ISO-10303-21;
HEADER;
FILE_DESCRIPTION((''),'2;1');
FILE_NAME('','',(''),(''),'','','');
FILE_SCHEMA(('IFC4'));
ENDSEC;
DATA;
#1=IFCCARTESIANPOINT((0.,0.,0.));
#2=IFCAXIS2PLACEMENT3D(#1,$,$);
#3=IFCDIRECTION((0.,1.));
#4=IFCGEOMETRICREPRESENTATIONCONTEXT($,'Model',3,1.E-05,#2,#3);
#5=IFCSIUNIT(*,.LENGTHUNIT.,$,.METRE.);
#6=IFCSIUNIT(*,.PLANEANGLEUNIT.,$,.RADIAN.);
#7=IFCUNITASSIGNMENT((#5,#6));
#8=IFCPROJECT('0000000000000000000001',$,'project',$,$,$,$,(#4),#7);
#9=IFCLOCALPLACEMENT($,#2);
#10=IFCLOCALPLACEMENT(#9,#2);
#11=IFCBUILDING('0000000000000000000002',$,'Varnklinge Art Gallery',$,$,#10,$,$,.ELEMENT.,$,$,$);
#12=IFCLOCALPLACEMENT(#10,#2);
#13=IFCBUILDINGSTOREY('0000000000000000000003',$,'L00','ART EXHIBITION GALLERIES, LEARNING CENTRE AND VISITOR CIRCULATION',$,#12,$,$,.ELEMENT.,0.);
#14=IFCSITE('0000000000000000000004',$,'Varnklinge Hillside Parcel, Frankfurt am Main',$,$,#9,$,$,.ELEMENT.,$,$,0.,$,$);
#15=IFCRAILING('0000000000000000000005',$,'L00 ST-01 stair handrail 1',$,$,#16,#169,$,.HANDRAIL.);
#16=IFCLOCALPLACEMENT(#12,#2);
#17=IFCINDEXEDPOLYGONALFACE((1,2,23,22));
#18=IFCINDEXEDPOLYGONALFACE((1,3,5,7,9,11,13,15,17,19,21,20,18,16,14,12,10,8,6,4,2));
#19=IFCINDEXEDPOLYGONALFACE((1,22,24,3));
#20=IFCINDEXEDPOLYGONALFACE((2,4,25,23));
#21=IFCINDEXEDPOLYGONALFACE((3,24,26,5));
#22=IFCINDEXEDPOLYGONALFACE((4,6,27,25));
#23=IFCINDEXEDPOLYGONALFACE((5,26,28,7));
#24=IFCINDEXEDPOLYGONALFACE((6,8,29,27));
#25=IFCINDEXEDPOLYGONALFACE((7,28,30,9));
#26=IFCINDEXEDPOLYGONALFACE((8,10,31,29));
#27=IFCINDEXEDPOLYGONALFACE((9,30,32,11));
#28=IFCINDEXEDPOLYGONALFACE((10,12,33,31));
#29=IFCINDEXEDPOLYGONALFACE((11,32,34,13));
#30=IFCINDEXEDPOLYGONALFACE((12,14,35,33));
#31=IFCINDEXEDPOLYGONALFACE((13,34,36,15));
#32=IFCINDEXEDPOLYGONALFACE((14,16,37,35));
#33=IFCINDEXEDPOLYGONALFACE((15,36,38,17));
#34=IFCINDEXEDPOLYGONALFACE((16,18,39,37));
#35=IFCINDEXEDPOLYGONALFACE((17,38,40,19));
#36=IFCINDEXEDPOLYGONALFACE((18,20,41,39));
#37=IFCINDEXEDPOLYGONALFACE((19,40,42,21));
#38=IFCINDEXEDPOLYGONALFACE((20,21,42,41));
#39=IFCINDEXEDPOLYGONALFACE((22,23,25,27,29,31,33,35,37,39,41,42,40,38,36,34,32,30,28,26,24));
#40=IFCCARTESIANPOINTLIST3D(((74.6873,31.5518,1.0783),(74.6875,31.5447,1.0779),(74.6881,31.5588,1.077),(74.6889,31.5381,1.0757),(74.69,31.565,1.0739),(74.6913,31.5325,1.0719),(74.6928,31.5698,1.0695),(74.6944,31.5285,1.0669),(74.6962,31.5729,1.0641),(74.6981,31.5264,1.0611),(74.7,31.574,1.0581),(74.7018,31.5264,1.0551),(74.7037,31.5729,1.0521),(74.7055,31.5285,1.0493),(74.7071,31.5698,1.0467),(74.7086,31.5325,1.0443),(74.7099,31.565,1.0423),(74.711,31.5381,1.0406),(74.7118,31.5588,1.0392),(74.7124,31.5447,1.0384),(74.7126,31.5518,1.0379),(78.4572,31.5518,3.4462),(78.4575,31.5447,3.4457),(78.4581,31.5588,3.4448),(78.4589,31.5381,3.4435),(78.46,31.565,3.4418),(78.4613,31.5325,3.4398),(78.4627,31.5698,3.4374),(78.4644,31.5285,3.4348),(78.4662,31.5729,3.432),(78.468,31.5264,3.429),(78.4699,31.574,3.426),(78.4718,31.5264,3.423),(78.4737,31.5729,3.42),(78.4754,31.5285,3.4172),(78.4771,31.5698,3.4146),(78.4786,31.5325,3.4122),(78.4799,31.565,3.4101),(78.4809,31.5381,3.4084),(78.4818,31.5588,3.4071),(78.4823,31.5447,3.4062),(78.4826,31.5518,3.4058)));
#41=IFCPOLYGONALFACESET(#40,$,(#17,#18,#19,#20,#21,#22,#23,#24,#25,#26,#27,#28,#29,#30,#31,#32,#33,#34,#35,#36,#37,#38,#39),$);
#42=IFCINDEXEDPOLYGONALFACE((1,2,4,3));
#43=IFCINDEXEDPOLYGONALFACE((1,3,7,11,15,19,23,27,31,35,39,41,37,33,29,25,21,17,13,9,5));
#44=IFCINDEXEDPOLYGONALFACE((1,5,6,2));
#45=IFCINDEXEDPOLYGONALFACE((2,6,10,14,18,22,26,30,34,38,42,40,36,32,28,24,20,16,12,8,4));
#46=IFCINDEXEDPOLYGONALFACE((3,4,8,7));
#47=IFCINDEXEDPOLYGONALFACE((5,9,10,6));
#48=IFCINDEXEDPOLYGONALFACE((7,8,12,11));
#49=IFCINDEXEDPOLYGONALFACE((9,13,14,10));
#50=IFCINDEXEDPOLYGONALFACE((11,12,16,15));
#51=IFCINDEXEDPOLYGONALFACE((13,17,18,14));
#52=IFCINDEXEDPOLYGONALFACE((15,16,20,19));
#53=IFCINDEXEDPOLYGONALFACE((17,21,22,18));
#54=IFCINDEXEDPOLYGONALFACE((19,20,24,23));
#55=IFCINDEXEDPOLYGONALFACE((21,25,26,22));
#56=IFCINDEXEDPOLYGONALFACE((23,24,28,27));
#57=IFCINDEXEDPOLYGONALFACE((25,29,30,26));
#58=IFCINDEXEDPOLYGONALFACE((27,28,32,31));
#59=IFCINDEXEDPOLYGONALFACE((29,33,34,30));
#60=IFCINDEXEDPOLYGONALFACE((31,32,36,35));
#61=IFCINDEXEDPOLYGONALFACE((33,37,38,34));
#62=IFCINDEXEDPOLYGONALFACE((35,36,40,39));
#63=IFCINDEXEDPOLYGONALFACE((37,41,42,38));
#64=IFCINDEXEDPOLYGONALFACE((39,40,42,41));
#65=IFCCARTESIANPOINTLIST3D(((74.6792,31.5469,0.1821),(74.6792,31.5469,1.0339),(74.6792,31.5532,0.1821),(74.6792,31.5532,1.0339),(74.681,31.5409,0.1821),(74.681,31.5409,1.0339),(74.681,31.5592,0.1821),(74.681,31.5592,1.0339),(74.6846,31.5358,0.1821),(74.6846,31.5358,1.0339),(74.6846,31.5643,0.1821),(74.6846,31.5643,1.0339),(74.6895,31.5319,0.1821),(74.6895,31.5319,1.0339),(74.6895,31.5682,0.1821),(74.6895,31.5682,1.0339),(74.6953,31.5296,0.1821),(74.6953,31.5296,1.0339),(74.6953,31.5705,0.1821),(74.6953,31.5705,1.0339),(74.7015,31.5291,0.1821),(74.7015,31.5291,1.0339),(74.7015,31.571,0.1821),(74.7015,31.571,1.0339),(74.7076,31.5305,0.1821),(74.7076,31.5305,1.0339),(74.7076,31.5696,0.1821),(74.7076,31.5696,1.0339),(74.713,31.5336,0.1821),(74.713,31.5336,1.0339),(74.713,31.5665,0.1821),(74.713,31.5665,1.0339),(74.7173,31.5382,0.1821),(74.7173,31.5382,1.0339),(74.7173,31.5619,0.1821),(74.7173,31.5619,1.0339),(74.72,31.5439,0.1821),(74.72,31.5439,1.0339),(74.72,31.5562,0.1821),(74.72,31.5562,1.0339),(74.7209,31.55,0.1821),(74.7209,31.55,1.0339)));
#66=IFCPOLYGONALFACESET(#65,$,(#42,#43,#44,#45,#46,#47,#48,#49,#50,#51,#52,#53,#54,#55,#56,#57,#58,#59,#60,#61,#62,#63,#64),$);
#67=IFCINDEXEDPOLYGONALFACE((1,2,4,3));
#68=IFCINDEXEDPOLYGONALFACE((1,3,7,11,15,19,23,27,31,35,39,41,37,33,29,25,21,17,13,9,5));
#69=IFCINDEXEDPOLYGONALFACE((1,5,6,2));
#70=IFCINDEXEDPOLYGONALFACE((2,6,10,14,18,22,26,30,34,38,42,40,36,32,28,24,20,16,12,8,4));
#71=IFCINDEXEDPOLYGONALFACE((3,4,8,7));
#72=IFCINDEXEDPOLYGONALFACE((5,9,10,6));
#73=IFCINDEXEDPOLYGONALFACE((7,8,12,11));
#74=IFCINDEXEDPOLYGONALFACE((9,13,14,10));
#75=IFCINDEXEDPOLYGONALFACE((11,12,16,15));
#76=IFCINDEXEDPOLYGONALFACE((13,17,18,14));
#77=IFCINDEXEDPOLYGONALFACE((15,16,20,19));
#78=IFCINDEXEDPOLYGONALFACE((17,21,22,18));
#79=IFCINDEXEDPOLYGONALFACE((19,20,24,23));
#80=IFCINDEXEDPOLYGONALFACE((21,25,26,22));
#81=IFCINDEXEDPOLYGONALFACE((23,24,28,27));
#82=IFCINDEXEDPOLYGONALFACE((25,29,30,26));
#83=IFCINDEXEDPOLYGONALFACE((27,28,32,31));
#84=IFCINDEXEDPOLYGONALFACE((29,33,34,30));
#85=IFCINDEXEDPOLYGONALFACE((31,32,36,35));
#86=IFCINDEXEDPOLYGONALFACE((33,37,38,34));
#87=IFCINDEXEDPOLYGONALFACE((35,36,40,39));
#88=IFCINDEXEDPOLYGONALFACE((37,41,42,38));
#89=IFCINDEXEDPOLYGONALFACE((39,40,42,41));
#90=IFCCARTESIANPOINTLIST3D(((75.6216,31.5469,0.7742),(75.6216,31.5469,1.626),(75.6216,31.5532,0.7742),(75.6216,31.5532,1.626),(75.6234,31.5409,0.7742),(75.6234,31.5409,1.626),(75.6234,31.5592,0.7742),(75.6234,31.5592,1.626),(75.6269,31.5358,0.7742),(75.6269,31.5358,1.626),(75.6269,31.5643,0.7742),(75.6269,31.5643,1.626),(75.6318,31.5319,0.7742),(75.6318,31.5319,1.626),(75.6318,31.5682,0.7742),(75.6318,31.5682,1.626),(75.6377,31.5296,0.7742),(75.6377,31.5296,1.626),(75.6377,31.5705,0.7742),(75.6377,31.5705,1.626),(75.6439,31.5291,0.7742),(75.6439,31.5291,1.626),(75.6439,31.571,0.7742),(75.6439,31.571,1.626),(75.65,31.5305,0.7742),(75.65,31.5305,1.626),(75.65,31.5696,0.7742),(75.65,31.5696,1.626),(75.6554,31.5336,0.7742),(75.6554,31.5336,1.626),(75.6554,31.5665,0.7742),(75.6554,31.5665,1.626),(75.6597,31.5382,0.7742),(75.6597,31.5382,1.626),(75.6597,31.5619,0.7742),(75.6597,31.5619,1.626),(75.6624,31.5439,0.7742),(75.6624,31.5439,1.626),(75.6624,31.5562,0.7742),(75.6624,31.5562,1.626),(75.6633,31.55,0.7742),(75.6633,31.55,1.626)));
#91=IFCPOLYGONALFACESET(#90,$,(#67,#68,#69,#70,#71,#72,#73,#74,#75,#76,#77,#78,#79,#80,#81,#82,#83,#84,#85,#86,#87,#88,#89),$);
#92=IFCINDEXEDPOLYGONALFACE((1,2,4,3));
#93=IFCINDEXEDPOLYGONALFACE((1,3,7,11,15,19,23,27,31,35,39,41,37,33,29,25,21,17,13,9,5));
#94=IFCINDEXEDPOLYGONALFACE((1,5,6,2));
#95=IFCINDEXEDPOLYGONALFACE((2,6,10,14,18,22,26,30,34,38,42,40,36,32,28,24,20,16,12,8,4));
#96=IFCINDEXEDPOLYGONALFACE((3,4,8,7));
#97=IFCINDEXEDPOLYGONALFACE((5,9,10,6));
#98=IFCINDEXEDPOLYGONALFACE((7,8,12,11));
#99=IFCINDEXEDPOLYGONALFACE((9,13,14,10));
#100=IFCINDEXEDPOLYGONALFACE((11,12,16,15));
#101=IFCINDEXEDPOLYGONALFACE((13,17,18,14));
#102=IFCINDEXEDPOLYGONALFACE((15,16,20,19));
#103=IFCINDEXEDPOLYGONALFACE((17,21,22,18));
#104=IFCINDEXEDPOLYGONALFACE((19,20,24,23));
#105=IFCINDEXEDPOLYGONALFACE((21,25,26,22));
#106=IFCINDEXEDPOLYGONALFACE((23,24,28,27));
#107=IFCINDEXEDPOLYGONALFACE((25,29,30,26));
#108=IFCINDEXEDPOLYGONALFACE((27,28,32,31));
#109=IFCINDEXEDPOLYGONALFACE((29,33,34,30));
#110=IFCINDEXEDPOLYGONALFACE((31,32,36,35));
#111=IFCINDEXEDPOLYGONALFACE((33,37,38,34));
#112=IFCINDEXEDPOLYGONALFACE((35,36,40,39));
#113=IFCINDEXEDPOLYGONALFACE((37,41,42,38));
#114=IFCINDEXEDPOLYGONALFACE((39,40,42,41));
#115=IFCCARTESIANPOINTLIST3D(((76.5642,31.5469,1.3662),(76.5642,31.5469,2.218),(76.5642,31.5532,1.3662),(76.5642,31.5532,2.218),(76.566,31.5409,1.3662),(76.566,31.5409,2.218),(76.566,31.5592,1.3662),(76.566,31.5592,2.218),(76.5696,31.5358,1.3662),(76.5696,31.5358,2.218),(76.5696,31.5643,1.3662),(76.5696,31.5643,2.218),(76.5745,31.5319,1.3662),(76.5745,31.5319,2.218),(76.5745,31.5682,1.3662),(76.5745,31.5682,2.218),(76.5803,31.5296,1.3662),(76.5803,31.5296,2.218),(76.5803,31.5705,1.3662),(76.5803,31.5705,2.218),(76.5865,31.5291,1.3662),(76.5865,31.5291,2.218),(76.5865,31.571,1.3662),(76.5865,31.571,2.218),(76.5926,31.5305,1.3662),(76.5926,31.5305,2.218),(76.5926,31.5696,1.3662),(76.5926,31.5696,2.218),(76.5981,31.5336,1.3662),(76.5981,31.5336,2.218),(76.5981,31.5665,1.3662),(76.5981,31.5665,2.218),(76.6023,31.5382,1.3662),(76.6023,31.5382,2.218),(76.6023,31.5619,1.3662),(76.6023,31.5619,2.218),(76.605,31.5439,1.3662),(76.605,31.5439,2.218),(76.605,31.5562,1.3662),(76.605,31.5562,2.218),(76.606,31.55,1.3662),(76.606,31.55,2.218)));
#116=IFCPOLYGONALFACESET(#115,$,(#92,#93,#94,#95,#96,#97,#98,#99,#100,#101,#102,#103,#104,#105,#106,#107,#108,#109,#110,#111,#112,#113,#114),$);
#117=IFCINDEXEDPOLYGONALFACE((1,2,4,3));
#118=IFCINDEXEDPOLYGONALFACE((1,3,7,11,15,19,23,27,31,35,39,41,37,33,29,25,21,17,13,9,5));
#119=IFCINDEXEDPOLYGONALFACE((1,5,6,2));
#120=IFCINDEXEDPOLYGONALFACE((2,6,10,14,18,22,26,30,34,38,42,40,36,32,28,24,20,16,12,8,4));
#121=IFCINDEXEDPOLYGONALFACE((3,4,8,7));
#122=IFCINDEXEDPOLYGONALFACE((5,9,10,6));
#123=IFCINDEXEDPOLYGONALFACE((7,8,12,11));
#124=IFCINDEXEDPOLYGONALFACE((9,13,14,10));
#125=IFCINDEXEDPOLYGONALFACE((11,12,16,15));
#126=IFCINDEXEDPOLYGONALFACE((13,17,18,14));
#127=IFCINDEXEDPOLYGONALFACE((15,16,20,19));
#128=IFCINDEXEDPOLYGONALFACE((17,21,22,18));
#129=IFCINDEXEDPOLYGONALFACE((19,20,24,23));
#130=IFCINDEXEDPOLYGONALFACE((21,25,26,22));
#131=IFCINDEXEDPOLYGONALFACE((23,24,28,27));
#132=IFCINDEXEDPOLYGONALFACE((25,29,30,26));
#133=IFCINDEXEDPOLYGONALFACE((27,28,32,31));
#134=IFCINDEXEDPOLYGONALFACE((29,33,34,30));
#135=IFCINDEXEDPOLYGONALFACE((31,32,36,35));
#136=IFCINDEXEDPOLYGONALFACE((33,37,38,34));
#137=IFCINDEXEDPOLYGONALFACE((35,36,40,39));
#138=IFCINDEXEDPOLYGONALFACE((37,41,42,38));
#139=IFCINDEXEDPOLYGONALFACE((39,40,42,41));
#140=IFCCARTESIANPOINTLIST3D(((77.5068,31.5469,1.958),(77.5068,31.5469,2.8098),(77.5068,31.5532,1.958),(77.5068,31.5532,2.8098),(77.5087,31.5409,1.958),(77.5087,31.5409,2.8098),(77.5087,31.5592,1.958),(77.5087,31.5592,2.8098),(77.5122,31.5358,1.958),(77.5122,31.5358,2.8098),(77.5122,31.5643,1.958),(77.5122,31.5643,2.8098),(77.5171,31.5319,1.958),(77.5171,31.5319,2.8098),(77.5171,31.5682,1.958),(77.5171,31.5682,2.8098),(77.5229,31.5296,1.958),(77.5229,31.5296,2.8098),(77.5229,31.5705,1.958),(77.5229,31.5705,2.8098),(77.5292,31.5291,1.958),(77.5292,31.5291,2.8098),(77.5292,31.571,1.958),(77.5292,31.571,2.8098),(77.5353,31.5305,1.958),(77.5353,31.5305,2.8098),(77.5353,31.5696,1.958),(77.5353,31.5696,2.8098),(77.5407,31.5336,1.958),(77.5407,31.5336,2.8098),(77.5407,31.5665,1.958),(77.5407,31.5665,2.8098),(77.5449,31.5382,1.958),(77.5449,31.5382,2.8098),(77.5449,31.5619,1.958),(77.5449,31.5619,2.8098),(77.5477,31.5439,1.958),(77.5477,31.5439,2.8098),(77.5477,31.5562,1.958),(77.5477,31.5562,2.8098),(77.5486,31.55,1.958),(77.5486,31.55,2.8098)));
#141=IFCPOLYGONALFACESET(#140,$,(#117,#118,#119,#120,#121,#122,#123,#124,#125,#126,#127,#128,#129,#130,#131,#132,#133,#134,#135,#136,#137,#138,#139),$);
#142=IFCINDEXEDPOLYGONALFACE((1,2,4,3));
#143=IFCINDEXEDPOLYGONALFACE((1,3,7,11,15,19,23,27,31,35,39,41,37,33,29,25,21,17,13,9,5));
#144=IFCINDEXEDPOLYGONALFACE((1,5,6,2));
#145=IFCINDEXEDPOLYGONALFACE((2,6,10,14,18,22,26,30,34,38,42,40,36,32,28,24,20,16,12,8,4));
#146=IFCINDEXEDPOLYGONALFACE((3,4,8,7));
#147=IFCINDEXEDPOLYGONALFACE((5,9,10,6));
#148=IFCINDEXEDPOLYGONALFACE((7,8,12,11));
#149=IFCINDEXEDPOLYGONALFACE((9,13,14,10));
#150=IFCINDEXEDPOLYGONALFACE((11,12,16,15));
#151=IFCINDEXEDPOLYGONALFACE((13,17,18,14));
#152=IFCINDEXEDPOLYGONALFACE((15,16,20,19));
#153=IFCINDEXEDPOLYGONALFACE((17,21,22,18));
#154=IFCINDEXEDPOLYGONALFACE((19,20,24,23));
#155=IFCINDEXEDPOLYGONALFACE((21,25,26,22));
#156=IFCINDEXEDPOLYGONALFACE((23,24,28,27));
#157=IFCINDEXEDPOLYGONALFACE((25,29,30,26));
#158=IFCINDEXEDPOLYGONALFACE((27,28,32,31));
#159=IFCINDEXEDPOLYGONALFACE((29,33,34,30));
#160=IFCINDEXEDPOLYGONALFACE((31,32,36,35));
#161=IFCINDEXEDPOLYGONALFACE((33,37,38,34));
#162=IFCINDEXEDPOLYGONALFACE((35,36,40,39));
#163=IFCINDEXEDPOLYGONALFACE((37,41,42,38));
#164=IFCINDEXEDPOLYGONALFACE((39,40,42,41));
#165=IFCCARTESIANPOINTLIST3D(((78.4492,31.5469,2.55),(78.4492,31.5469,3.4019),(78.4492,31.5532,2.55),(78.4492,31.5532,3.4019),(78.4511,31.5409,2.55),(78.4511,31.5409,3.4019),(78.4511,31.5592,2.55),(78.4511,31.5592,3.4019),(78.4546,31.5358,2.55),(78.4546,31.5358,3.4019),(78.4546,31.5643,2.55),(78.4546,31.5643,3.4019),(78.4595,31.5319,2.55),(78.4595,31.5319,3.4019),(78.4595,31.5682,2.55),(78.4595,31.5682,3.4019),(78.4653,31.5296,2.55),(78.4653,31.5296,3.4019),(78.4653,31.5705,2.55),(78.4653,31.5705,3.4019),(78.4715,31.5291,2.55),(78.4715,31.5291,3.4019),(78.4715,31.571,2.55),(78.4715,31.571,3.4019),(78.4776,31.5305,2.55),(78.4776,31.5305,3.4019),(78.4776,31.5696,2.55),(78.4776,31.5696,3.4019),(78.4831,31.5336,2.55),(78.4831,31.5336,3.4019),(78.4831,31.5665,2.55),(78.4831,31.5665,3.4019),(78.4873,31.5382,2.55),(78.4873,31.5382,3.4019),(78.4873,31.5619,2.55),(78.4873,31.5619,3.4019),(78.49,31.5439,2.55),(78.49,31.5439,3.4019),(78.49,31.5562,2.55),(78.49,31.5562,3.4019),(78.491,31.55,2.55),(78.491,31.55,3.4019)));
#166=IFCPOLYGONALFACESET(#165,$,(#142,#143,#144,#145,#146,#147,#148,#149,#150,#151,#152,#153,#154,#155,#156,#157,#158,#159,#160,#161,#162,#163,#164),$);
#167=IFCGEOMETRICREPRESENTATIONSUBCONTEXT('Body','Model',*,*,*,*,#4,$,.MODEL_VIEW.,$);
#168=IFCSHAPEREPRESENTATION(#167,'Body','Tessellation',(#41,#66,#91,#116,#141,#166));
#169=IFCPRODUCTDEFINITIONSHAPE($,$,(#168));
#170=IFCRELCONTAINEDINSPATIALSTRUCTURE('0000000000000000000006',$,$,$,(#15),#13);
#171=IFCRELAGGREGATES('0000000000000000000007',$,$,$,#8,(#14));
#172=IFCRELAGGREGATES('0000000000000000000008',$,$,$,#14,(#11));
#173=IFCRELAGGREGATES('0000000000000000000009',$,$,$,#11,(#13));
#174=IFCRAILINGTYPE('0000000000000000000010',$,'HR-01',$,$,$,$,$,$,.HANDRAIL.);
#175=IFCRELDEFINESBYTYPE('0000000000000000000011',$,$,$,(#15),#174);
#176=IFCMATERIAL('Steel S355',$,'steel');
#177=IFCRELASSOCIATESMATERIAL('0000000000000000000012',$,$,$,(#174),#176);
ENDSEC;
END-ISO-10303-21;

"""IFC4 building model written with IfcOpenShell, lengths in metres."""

from ifc_helpers import new_model, si_unit, direction, frame, origin, origin_2d, place, context, subcontext, project, spatial, circle, extrude, material, type_object, element, save


model = new_model("IFC4")

# Units and contexts
model_context = context("Model", 3, precision=1e-05, world=origin(), true_north=direction((0.0, 1.0)))
body_context = subcontext(model_context, "Body", "Model", "MODEL_VIEW")
ifc_project = project(units=[si_unit("LENGTHUNIT", "METRE"), si_unit("PLANEANGLEUNIT", "RADIAN")], contexts=[model_context])

# Site, building, storey
site_placement = place(None, origin())
site = spatial("IfcSite", under=ifc_project, at=site_placement, Name="Varnklinge Hillside Parcel, Frankfurt am Main", CompositionType="ELEMENT", RefElevation=0.0)
building_placement = place(site_placement, origin())
building = spatial("IfcBuilding", under=site, at=building_placement, Name="Varnklinge Art Gallery", CompositionType="ELEMENT")
storey_placement = place(building_placement, origin())
storey = spatial("IfcBuildingStorey", under=building, at=storey_placement, Name="L00", Description="ART EXHIBITION GALLERIES, LEARNING CENTRE AND VISITOR CIRCULATION", CompositionType="ELEMENT", Elevation=0.0)

# Railing
ifc_material_1 = material(Name="Steel S355", Category="steel")
railing_type_1 = type_object("IfcRailingType", Name="HR-01", PredefinedType="HANDRAIL", material=ifc_material_1)
for number, where, name in (
    (1, (74.7, 31.55, 0.1821), "L00 ST-01 stair handrail 1"),
):
    element("IfcRailing", number, at=place(storey_placement, frame(where)), inside=storey, type_object=railing_type_1, Name=name, PredefinedType="HANDRAIL", context=body_context, shape_type="SweptSolid", body=[
        extrude(circle(Radius=0.0239, at=origin_2d()), frame((0.0, 0.0, 0.876), z_axis=(0.846819, 0.0, 0.531881), x_axis=(0.0, 1.0, 0.0)), (0.0, 0.0, 1.0), 4.4519),
        extrude(circle(Radius=0.021, at=origin_2d()), origin(), (0.0, 0.0, 1.0), 0.8518),
        extrude(circle(Radius=0.021, at=origin_2d()), frame((0.9424, 0.0, 0.592)), (0.0, 0.0, 1.0), 0.8518),
        extrude(circle(Radius=0.021, at=origin_2d()), frame((1.885, 0.0, 1.1841)), (0.0, 0.0, 1.0), 0.8518),
        extrude(circle(Radius=0.021, at=origin_2d()), frame((2.8276, 0.0, 1.7759)), (0.0, 0.0, 1.0), 0.8518),
        extrude(circle(Radius=0.021, at=origin_2d()), frame((3.77, 0.0, 2.3679)), (0.0, 0.0, 1.0), 0.8518),
    ])

save(model, "model.ifc")
